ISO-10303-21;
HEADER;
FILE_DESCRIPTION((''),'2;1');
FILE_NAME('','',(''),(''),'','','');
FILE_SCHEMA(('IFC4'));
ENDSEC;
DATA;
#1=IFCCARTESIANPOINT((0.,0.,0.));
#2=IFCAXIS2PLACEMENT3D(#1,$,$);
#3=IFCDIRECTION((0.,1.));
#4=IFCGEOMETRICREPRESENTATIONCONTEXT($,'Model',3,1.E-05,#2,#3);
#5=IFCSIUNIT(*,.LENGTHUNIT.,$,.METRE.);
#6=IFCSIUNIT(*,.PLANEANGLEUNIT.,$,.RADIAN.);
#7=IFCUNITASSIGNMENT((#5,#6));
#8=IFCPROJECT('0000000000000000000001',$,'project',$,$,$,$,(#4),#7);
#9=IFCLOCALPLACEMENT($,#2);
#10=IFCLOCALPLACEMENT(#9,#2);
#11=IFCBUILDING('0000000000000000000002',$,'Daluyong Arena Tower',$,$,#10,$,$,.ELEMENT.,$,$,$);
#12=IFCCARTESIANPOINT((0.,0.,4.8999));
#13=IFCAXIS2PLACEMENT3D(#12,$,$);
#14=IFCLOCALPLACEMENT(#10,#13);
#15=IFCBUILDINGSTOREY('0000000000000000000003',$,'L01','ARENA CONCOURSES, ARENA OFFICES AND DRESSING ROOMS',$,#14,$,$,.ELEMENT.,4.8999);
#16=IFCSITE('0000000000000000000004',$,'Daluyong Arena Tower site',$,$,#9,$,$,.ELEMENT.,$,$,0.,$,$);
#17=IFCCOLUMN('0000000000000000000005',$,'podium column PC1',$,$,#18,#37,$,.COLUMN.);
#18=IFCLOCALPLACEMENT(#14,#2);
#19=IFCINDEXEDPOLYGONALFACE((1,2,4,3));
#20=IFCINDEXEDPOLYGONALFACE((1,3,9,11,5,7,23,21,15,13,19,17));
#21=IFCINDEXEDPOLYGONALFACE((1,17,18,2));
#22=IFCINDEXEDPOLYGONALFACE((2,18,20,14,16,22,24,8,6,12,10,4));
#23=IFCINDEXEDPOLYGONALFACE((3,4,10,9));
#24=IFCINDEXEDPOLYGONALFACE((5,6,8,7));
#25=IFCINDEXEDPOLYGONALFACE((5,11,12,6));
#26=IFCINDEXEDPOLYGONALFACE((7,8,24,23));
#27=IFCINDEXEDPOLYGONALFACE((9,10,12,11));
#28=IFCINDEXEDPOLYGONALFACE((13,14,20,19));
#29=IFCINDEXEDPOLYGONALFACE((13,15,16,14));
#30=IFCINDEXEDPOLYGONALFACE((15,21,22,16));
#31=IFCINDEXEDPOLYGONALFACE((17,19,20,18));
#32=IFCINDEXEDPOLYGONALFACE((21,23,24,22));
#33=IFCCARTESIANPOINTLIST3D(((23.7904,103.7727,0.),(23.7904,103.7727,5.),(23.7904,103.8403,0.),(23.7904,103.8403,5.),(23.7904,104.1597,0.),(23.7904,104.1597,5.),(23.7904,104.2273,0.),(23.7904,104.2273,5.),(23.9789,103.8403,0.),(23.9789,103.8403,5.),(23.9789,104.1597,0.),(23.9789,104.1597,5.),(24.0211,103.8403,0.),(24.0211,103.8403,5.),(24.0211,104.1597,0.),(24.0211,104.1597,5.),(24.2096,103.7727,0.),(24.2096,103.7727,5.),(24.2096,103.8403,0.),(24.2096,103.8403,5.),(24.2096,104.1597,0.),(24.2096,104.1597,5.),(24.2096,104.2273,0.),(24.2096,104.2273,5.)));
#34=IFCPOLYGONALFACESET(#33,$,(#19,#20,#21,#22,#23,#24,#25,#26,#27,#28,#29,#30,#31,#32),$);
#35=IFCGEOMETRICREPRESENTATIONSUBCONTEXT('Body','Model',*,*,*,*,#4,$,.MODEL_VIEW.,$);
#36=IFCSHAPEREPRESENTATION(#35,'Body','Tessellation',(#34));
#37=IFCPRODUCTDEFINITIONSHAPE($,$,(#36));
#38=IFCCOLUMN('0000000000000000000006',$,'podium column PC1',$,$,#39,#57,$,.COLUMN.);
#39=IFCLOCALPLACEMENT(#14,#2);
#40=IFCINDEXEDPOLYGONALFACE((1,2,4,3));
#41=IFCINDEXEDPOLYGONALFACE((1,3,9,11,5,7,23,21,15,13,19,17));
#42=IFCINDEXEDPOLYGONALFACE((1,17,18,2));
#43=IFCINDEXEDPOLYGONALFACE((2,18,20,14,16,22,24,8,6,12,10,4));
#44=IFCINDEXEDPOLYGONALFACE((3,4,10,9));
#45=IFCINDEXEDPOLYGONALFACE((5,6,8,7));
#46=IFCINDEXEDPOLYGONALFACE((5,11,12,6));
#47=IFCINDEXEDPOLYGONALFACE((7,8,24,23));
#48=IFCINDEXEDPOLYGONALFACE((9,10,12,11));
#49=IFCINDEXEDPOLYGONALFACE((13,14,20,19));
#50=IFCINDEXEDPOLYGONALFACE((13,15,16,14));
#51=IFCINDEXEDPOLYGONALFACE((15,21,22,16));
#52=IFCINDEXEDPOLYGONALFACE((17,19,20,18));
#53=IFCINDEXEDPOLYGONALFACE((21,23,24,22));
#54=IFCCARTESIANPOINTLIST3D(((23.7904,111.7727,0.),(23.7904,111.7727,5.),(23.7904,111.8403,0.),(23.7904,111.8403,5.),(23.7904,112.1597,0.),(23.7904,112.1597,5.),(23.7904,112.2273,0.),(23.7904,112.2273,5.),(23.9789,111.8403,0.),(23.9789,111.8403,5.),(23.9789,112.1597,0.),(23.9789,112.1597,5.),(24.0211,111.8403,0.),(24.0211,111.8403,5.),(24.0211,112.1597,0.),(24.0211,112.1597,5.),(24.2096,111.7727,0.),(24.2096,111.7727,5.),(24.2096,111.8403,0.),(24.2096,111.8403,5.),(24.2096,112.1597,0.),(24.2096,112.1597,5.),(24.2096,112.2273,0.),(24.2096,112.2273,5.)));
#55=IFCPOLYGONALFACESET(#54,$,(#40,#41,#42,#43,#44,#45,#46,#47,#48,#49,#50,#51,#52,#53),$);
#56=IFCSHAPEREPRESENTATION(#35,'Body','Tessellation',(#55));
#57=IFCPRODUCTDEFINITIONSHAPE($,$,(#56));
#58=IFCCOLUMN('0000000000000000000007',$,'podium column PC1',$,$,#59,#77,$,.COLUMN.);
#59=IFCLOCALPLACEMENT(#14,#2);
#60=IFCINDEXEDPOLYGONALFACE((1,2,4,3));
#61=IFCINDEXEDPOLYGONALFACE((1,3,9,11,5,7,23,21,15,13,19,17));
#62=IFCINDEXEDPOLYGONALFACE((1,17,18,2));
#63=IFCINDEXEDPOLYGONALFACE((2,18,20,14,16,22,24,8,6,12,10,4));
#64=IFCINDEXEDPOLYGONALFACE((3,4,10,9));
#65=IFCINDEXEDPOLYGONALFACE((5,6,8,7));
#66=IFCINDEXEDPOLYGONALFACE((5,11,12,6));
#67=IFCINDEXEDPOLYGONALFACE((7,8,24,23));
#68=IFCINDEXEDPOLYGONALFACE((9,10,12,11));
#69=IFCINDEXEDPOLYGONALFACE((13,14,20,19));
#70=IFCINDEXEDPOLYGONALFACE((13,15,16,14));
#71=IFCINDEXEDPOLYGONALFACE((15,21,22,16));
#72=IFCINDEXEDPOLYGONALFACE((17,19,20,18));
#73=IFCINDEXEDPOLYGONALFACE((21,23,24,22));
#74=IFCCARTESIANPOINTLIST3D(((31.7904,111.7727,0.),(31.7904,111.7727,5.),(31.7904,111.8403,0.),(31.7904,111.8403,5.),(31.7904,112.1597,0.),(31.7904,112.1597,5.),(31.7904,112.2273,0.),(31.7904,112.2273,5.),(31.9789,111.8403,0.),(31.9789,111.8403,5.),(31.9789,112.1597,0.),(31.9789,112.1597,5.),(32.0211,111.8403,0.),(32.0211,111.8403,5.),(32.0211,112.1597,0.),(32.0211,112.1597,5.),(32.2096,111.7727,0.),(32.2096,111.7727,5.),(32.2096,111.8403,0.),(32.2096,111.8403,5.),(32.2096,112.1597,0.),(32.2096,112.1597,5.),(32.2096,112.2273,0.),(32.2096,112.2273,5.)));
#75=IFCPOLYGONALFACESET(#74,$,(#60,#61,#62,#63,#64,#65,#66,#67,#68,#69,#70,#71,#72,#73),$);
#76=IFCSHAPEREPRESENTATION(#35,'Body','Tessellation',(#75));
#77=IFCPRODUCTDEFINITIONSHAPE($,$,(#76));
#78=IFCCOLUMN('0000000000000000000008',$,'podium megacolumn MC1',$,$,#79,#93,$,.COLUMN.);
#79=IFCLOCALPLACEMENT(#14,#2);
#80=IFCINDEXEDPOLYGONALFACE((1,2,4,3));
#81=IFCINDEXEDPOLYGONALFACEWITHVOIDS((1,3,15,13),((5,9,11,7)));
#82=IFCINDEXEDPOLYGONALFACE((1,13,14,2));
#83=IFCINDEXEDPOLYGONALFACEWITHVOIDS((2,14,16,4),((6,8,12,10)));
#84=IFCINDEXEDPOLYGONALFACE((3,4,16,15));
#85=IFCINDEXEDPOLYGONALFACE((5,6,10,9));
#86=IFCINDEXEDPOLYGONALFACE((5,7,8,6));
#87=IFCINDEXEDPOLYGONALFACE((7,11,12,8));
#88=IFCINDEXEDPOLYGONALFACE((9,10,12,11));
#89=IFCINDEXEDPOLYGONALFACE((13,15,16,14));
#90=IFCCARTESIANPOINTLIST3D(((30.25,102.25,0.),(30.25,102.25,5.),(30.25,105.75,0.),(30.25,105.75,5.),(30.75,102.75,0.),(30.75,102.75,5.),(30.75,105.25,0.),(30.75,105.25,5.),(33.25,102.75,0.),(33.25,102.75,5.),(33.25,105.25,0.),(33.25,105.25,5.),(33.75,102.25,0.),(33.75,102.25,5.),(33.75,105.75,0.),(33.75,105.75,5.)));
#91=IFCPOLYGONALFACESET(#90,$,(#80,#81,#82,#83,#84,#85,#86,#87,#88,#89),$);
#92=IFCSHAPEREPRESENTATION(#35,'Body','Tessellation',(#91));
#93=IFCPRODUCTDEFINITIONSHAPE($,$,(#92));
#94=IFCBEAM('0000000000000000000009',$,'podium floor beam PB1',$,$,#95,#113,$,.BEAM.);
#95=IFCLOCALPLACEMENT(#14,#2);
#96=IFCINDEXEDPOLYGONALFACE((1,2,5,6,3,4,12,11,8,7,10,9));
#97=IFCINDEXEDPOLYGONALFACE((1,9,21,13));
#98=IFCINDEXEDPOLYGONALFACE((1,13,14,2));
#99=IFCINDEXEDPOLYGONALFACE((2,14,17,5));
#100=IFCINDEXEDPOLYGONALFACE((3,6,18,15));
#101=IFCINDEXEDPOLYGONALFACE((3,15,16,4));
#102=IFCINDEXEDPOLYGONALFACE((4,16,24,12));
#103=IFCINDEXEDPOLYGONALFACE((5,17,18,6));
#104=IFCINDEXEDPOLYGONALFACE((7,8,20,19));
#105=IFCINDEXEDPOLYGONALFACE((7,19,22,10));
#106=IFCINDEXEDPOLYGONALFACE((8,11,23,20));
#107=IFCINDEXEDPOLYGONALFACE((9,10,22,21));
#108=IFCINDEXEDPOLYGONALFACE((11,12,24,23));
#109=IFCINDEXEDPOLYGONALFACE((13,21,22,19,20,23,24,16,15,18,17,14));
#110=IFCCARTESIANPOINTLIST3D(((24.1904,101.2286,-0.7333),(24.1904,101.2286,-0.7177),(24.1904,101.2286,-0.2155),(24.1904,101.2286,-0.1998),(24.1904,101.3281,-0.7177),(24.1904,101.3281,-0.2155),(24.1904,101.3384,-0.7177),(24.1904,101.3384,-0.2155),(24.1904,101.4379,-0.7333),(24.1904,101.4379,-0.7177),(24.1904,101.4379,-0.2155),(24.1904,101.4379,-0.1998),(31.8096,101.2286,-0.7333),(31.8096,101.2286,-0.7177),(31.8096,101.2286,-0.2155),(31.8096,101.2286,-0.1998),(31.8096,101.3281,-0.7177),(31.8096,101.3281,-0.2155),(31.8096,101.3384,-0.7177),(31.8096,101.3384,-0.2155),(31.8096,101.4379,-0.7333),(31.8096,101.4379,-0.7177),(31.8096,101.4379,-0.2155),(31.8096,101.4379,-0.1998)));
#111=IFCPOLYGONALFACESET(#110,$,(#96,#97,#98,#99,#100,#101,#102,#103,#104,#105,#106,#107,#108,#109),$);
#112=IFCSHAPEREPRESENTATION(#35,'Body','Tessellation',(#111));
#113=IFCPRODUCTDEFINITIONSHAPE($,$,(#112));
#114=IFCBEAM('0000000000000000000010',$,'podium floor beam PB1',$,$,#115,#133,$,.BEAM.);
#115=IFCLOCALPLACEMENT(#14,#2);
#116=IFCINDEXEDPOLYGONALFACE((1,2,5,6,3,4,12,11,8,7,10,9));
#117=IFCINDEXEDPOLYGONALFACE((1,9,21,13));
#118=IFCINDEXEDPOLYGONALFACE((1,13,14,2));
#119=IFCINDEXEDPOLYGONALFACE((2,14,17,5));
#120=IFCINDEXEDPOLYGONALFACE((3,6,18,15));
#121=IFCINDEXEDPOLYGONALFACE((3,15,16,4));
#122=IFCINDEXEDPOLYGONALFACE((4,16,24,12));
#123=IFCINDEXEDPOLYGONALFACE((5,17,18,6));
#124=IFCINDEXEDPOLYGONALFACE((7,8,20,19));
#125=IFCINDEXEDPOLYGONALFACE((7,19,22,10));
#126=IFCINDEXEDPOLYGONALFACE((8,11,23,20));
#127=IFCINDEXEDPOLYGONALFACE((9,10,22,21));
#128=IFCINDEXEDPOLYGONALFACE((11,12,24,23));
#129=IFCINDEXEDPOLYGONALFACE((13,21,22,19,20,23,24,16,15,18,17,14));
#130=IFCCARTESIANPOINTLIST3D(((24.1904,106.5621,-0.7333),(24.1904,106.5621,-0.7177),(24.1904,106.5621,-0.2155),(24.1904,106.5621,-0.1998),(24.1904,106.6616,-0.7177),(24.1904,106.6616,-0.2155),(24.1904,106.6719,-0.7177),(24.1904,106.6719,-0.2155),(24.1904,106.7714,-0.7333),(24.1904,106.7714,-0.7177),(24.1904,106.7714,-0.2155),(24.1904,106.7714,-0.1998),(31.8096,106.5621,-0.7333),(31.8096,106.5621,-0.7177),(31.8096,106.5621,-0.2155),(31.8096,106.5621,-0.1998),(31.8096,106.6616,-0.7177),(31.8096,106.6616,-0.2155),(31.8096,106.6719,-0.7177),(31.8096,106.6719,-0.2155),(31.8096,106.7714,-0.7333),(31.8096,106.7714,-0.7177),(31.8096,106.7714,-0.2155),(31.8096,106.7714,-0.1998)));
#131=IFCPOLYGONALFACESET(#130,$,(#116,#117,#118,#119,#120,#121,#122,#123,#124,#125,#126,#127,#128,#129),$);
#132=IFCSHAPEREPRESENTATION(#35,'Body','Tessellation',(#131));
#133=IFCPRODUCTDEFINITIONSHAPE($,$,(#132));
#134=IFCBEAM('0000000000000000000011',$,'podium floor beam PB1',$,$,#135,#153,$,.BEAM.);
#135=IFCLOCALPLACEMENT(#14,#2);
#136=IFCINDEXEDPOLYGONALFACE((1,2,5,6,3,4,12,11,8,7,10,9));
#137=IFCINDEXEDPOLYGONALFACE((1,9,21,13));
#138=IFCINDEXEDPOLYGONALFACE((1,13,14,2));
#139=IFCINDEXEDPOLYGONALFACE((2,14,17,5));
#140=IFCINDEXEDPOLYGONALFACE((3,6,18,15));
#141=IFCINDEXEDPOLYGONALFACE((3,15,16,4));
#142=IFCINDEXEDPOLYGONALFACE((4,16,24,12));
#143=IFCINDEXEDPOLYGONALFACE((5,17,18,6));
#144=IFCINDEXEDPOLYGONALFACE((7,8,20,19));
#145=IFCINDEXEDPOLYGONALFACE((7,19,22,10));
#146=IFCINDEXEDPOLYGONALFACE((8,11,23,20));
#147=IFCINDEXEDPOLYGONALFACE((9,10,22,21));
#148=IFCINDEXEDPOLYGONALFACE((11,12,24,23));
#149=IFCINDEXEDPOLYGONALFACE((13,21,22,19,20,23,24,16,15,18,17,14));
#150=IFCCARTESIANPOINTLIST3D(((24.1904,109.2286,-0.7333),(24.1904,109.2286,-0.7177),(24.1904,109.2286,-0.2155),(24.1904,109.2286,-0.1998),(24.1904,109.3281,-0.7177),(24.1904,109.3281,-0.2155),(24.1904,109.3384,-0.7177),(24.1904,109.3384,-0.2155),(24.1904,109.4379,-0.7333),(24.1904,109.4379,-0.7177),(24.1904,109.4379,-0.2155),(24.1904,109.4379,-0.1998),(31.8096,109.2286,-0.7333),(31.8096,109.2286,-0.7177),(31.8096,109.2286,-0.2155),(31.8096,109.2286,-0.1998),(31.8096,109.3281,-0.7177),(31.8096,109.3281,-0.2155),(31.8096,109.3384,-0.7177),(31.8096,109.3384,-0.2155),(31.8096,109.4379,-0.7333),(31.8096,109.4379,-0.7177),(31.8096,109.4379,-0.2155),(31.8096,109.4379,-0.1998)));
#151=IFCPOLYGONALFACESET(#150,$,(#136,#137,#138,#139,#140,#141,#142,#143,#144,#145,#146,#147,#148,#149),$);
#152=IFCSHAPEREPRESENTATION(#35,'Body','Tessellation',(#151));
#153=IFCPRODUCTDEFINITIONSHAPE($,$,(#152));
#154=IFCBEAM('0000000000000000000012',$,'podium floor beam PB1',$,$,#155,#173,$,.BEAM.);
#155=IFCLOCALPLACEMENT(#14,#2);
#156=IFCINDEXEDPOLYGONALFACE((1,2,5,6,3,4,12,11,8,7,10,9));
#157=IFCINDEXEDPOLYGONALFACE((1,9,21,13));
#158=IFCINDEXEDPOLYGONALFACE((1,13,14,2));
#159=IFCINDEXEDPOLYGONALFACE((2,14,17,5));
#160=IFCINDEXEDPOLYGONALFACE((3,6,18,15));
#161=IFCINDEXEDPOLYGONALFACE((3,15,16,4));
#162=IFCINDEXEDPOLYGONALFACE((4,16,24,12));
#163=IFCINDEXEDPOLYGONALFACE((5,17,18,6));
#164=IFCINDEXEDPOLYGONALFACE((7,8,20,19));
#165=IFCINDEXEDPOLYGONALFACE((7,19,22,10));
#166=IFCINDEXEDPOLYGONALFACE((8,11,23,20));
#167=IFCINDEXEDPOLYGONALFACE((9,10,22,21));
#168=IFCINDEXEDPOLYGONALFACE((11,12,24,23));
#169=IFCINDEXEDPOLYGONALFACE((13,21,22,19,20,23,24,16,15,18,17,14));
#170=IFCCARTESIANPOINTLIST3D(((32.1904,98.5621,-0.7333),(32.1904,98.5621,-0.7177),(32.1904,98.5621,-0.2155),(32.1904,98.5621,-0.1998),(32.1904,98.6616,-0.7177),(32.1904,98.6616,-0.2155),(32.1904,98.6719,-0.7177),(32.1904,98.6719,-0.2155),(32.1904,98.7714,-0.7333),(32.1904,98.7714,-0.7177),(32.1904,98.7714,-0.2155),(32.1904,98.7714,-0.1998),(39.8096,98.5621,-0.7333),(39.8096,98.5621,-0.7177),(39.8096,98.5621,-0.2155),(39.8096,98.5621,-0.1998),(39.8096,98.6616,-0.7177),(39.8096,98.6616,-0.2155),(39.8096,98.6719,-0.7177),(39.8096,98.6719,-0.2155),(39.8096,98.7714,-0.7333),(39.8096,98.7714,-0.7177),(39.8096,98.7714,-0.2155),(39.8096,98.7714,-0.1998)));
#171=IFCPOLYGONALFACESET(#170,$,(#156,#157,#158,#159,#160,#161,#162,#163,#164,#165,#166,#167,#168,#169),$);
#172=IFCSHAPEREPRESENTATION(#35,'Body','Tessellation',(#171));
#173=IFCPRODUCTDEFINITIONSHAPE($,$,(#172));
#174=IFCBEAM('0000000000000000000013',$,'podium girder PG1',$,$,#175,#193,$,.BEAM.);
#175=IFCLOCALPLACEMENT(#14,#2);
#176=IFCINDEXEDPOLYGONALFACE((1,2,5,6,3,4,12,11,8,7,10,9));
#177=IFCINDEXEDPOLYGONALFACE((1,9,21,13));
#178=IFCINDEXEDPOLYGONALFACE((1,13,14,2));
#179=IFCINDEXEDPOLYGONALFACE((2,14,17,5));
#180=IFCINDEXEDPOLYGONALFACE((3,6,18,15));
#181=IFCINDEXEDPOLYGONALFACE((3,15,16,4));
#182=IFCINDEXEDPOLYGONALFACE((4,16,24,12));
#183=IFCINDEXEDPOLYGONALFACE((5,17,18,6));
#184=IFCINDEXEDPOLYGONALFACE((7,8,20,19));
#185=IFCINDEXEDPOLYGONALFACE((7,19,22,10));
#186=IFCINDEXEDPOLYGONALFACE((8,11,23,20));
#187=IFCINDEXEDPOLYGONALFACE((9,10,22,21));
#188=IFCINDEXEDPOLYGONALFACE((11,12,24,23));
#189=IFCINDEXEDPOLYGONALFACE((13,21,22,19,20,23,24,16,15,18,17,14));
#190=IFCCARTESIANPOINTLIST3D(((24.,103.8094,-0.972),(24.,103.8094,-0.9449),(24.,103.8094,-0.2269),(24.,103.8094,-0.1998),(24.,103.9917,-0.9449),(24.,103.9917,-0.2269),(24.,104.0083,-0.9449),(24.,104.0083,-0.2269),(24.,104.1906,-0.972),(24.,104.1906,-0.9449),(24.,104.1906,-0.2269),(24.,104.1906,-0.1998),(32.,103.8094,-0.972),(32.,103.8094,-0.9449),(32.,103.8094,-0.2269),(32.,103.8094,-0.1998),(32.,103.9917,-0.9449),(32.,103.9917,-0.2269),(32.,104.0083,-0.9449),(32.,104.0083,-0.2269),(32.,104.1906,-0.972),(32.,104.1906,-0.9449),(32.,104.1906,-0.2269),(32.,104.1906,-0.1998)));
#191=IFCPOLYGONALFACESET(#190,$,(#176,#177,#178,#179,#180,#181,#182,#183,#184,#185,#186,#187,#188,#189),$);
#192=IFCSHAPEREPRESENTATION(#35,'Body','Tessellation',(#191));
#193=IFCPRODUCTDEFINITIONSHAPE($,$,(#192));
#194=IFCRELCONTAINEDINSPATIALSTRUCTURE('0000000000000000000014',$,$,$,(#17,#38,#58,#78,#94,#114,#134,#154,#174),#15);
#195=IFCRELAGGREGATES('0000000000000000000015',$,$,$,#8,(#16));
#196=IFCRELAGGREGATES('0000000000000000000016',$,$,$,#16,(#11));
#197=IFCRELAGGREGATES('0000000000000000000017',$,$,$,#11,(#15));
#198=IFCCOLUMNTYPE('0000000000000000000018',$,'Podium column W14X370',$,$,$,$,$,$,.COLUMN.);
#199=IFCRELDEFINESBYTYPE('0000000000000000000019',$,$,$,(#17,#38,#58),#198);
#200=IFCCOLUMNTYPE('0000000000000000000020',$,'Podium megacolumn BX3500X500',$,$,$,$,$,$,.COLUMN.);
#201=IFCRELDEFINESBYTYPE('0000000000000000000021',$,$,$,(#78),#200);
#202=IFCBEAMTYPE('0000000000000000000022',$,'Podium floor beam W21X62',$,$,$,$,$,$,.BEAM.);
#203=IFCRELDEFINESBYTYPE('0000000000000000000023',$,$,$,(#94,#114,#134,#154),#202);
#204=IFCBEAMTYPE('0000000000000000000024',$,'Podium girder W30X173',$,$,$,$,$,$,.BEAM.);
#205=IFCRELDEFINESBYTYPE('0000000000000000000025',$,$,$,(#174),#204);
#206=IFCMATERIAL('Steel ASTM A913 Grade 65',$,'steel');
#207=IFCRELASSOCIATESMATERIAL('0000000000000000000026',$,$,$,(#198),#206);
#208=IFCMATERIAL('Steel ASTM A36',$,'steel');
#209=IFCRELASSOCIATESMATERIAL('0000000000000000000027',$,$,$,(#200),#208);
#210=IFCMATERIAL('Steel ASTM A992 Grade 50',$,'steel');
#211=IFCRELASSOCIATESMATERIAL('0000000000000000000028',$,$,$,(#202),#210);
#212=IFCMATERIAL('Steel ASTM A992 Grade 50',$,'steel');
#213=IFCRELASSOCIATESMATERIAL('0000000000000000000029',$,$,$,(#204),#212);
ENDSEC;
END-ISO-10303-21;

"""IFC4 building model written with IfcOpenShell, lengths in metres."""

from ifc_helpers import new_model, si_unit, direction, frame, origin, origin_2d, place, context, subcontext, project, spatial, hollow_rectangle, i_section, extrude, material, material_profile, profile_set, type_object, element, save


model = new_model("IFC4")

# Units and contexts
model_context = context("Model", 3, precision=1e-05, world=origin(), true_north=direction((0.0, 1.0)))
body_context = subcontext(model_context, "Body", "Model", "MODEL_VIEW")
ifc_project = project(units=[si_unit("LENGTHUNIT", "METRE"), si_unit("PLANEANGLEUNIT", "RADIAN")], contexts=[model_context])

# Site, building, storey
site_placement = place(None, origin())
site = spatial("IfcSite", under=ifc_project, at=site_placement, Name="Daluyong Arena Tower site", CompositionType="ELEMENT", RefElevation=0.0)
building_placement = place(site_placement, origin())
building = spatial("IfcBuilding", under=site, at=building_placement, Name="Daluyong Arena Tower", CompositionType="ELEMENT")
storey_placement = place(building_placement, frame((0.0, 0.0, 4.8999)))
storey = spatial("IfcBuildingStorey", under=building, at=storey_placement, Name="L01", Description="ARENA CONCOURSES, ARENA OFFICES AND DRESSING ROOMS", CompositionType="ELEMENT", Elevation=4.8999)

# Columns
ifc_material_1 = material(Name="Steel ASTM A913 Grade 65", Category="steel")
ifc_material_profile_1 = material_profile(ifc_material_1, i_section(OverallWidth=0.4192, OverallDepth=0.4546, WebThickness=0.0422, FlangeThickness=0.0676, at=origin_2d()))
ifc_profile_set_1 = profile_set([ifc_material_profile_1], Name="Steel ASTM A913 Grade 65")
column_type_1 = type_object("IfcColumnType", Name="Podium column W14X370", PredefinedType="COLUMN", material=ifc_profile_set_1)
for number, where, z_axis, x_axis, name in (
    (1, (24.0, 104.0, 0.0), (0.0, 0.0, 1.0), (1.0, 0.0, 0.0), "podium column PC1"),
    (2, (24.0, 112.0, 0.0), (0.0, 0.0, 1.0), (1.0, 0.0, 0.0), "podium column PC1"),
    (3, (32.0, 112.0, 0.0), (0.0, 0.0, 1.0), (1.0, 0.0, 0.0), "podium column PC1"),
):
    element("IfcColumn", number, at=place(storey_placement, frame(where, z_axis=z_axis, x_axis=x_axis)), inside=storey, type_object=column_type_1, Name=name, PredefinedType="COLUMN", context=body_context, shape_type="SweptSolid", body=[
        extrude(i_section(OverallWidth=0.4192, OverallDepth=0.4546, WebThickness=0.0422, FlangeThickness=0.0676, at=origin_2d()), origin(), (0.0, 0.0, 1.0), 5.0),
    ])
ifc_material_2 = material(Name="Steel ASTM A36", Category="steel")
ifc_material_profile_2 = material_profile(ifc_material_2, hollow_rectangle(XDim=3.5, YDim=3.5, WallThickness=0.5, at=origin_2d()))
ifc_profile_set_2 = profile_set([ifc_material_profile_2], Name="Steel ASTM A36")
column_type_2 = type_object("IfcColumnType", Name="Podium megacolumn BX3500X500", PredefinedType="COLUMN", material=ifc_profile_set_2)
column_placement = place(storey_placement, frame((32.0, 104.0, 0.0), z_axis=(0.0, 0.0, 1.0), x_axis=(1.0, 0.0, 0.0)))
element("IfcColumn", 4, at=column_placement, inside=storey, type_object=column_type_2, Name="podium megacolumn MC1", PredefinedType="COLUMN", context=body_context, shape_type="SweptSolid", body=[
    extrude(hollow_rectangle(XDim=3.5, YDim=3.5, WallThickness=0.5, at=origin_2d()), origin(), (0.0, 0.0, 1.0), 5.0),
])

# Beams
ifc_material_3 = material(Name="Steel ASTM A992 Grade 50", Category="steel")
ifc_material_profile_3 = material_profile(ifc_material_3, i_section(OverallWidth=0.2092, OverallDepth=0.5334, WebThickness=0.0103, FlangeThickness=0.0156, at=origin_2d()))
ifc_profile_set_3 = profile_set([ifc_material_profile_3], Name="Steel ASTM A992 Grade 50")
beam_type_1 = type_object("IfcBeamType", Name="Podium floor beam W21X62", PredefinedType="BEAM", material=ifc_profile_set_3)
for number, where, z_axis, x_axis, name in (
    (5, (24.1904, 101.3333, -0.4666), (1.0, 0.0, 0.0), (0.0, 1.0, 0.0), "podium floor beam PB1"),
    (6, (24.1904, 106.6667, -0.4666), (1.0, 0.0, 0.0), (0.0, 1.0, 0.0), "podium floor beam PB1"),
    (7, (24.1904, 109.3333, -0.4666), (1.0, 0.0, 0.0), (0.0, 1.0, 0.0), "podium floor beam PB1"),
    (8, (32.1904, 98.6667, -0.4666), (1.0, 0.0, 0.0), (0.0, 1.0, 0.0), "podium floor beam PB1"),
):
    element("IfcBeam", number, at=place(storey_placement, frame(where, z_axis=z_axis, x_axis=x_axis)), inside=storey, type_object=beam_type_1, Name=name, PredefinedType="BEAM", context=body_context, shape_type="SweptSolid", body=[
        extrude(i_section(OverallWidth=0.2092, OverallDepth=0.5334, WebThickness=0.0103, FlangeThickness=0.0156, at=origin_2d()), origin(), (0.0, 0.0, 1.0), 7.6191),
    ])
ifc_material_4 = material(Name="Steel ASTM A992 Grade 50", Category="steel")
ifc_material_profile_4 = material_profile(ifc_material_4, i_section(OverallWidth=0.3811, OverallDepth=0.7722, WebThickness=0.0166, FlangeThickness=0.0271, at=origin_2d()))
ifc_profile_set_4 = profile_set([ifc_material_profile_4], Name="Steel ASTM A992 Grade 50")
beam_type_2 = type_object("IfcBeamType", Name="Podium girder W30X173", PredefinedType="BEAM", material=ifc_profile_set_4)
for number, where, z_axis, x_axis, name in (
    (9, (24.0, 104.0, -0.5859), (1.0, 0.0, 0.0), (0.0, 1.0, 0.0), "podium girder PG1"),
):
    element("IfcBeam", number, at=place(storey_placement, frame(where, z_axis=z_axis, x_axis=x_axis)), inside=storey, type_object=beam_type_2, Name=name, PredefinedType="BEAM", context=body_context, shape_type="SweptSolid", body=[
        extrude(i_section(OverallWidth=0.3811, OverallDepth=0.7722, WebThickness=0.0166, FlangeThickness=0.0271, at=origin_2d()), origin(), (0.0, 0.0, 1.0), 8.0),
    ])

save(model, "model.ifc")
